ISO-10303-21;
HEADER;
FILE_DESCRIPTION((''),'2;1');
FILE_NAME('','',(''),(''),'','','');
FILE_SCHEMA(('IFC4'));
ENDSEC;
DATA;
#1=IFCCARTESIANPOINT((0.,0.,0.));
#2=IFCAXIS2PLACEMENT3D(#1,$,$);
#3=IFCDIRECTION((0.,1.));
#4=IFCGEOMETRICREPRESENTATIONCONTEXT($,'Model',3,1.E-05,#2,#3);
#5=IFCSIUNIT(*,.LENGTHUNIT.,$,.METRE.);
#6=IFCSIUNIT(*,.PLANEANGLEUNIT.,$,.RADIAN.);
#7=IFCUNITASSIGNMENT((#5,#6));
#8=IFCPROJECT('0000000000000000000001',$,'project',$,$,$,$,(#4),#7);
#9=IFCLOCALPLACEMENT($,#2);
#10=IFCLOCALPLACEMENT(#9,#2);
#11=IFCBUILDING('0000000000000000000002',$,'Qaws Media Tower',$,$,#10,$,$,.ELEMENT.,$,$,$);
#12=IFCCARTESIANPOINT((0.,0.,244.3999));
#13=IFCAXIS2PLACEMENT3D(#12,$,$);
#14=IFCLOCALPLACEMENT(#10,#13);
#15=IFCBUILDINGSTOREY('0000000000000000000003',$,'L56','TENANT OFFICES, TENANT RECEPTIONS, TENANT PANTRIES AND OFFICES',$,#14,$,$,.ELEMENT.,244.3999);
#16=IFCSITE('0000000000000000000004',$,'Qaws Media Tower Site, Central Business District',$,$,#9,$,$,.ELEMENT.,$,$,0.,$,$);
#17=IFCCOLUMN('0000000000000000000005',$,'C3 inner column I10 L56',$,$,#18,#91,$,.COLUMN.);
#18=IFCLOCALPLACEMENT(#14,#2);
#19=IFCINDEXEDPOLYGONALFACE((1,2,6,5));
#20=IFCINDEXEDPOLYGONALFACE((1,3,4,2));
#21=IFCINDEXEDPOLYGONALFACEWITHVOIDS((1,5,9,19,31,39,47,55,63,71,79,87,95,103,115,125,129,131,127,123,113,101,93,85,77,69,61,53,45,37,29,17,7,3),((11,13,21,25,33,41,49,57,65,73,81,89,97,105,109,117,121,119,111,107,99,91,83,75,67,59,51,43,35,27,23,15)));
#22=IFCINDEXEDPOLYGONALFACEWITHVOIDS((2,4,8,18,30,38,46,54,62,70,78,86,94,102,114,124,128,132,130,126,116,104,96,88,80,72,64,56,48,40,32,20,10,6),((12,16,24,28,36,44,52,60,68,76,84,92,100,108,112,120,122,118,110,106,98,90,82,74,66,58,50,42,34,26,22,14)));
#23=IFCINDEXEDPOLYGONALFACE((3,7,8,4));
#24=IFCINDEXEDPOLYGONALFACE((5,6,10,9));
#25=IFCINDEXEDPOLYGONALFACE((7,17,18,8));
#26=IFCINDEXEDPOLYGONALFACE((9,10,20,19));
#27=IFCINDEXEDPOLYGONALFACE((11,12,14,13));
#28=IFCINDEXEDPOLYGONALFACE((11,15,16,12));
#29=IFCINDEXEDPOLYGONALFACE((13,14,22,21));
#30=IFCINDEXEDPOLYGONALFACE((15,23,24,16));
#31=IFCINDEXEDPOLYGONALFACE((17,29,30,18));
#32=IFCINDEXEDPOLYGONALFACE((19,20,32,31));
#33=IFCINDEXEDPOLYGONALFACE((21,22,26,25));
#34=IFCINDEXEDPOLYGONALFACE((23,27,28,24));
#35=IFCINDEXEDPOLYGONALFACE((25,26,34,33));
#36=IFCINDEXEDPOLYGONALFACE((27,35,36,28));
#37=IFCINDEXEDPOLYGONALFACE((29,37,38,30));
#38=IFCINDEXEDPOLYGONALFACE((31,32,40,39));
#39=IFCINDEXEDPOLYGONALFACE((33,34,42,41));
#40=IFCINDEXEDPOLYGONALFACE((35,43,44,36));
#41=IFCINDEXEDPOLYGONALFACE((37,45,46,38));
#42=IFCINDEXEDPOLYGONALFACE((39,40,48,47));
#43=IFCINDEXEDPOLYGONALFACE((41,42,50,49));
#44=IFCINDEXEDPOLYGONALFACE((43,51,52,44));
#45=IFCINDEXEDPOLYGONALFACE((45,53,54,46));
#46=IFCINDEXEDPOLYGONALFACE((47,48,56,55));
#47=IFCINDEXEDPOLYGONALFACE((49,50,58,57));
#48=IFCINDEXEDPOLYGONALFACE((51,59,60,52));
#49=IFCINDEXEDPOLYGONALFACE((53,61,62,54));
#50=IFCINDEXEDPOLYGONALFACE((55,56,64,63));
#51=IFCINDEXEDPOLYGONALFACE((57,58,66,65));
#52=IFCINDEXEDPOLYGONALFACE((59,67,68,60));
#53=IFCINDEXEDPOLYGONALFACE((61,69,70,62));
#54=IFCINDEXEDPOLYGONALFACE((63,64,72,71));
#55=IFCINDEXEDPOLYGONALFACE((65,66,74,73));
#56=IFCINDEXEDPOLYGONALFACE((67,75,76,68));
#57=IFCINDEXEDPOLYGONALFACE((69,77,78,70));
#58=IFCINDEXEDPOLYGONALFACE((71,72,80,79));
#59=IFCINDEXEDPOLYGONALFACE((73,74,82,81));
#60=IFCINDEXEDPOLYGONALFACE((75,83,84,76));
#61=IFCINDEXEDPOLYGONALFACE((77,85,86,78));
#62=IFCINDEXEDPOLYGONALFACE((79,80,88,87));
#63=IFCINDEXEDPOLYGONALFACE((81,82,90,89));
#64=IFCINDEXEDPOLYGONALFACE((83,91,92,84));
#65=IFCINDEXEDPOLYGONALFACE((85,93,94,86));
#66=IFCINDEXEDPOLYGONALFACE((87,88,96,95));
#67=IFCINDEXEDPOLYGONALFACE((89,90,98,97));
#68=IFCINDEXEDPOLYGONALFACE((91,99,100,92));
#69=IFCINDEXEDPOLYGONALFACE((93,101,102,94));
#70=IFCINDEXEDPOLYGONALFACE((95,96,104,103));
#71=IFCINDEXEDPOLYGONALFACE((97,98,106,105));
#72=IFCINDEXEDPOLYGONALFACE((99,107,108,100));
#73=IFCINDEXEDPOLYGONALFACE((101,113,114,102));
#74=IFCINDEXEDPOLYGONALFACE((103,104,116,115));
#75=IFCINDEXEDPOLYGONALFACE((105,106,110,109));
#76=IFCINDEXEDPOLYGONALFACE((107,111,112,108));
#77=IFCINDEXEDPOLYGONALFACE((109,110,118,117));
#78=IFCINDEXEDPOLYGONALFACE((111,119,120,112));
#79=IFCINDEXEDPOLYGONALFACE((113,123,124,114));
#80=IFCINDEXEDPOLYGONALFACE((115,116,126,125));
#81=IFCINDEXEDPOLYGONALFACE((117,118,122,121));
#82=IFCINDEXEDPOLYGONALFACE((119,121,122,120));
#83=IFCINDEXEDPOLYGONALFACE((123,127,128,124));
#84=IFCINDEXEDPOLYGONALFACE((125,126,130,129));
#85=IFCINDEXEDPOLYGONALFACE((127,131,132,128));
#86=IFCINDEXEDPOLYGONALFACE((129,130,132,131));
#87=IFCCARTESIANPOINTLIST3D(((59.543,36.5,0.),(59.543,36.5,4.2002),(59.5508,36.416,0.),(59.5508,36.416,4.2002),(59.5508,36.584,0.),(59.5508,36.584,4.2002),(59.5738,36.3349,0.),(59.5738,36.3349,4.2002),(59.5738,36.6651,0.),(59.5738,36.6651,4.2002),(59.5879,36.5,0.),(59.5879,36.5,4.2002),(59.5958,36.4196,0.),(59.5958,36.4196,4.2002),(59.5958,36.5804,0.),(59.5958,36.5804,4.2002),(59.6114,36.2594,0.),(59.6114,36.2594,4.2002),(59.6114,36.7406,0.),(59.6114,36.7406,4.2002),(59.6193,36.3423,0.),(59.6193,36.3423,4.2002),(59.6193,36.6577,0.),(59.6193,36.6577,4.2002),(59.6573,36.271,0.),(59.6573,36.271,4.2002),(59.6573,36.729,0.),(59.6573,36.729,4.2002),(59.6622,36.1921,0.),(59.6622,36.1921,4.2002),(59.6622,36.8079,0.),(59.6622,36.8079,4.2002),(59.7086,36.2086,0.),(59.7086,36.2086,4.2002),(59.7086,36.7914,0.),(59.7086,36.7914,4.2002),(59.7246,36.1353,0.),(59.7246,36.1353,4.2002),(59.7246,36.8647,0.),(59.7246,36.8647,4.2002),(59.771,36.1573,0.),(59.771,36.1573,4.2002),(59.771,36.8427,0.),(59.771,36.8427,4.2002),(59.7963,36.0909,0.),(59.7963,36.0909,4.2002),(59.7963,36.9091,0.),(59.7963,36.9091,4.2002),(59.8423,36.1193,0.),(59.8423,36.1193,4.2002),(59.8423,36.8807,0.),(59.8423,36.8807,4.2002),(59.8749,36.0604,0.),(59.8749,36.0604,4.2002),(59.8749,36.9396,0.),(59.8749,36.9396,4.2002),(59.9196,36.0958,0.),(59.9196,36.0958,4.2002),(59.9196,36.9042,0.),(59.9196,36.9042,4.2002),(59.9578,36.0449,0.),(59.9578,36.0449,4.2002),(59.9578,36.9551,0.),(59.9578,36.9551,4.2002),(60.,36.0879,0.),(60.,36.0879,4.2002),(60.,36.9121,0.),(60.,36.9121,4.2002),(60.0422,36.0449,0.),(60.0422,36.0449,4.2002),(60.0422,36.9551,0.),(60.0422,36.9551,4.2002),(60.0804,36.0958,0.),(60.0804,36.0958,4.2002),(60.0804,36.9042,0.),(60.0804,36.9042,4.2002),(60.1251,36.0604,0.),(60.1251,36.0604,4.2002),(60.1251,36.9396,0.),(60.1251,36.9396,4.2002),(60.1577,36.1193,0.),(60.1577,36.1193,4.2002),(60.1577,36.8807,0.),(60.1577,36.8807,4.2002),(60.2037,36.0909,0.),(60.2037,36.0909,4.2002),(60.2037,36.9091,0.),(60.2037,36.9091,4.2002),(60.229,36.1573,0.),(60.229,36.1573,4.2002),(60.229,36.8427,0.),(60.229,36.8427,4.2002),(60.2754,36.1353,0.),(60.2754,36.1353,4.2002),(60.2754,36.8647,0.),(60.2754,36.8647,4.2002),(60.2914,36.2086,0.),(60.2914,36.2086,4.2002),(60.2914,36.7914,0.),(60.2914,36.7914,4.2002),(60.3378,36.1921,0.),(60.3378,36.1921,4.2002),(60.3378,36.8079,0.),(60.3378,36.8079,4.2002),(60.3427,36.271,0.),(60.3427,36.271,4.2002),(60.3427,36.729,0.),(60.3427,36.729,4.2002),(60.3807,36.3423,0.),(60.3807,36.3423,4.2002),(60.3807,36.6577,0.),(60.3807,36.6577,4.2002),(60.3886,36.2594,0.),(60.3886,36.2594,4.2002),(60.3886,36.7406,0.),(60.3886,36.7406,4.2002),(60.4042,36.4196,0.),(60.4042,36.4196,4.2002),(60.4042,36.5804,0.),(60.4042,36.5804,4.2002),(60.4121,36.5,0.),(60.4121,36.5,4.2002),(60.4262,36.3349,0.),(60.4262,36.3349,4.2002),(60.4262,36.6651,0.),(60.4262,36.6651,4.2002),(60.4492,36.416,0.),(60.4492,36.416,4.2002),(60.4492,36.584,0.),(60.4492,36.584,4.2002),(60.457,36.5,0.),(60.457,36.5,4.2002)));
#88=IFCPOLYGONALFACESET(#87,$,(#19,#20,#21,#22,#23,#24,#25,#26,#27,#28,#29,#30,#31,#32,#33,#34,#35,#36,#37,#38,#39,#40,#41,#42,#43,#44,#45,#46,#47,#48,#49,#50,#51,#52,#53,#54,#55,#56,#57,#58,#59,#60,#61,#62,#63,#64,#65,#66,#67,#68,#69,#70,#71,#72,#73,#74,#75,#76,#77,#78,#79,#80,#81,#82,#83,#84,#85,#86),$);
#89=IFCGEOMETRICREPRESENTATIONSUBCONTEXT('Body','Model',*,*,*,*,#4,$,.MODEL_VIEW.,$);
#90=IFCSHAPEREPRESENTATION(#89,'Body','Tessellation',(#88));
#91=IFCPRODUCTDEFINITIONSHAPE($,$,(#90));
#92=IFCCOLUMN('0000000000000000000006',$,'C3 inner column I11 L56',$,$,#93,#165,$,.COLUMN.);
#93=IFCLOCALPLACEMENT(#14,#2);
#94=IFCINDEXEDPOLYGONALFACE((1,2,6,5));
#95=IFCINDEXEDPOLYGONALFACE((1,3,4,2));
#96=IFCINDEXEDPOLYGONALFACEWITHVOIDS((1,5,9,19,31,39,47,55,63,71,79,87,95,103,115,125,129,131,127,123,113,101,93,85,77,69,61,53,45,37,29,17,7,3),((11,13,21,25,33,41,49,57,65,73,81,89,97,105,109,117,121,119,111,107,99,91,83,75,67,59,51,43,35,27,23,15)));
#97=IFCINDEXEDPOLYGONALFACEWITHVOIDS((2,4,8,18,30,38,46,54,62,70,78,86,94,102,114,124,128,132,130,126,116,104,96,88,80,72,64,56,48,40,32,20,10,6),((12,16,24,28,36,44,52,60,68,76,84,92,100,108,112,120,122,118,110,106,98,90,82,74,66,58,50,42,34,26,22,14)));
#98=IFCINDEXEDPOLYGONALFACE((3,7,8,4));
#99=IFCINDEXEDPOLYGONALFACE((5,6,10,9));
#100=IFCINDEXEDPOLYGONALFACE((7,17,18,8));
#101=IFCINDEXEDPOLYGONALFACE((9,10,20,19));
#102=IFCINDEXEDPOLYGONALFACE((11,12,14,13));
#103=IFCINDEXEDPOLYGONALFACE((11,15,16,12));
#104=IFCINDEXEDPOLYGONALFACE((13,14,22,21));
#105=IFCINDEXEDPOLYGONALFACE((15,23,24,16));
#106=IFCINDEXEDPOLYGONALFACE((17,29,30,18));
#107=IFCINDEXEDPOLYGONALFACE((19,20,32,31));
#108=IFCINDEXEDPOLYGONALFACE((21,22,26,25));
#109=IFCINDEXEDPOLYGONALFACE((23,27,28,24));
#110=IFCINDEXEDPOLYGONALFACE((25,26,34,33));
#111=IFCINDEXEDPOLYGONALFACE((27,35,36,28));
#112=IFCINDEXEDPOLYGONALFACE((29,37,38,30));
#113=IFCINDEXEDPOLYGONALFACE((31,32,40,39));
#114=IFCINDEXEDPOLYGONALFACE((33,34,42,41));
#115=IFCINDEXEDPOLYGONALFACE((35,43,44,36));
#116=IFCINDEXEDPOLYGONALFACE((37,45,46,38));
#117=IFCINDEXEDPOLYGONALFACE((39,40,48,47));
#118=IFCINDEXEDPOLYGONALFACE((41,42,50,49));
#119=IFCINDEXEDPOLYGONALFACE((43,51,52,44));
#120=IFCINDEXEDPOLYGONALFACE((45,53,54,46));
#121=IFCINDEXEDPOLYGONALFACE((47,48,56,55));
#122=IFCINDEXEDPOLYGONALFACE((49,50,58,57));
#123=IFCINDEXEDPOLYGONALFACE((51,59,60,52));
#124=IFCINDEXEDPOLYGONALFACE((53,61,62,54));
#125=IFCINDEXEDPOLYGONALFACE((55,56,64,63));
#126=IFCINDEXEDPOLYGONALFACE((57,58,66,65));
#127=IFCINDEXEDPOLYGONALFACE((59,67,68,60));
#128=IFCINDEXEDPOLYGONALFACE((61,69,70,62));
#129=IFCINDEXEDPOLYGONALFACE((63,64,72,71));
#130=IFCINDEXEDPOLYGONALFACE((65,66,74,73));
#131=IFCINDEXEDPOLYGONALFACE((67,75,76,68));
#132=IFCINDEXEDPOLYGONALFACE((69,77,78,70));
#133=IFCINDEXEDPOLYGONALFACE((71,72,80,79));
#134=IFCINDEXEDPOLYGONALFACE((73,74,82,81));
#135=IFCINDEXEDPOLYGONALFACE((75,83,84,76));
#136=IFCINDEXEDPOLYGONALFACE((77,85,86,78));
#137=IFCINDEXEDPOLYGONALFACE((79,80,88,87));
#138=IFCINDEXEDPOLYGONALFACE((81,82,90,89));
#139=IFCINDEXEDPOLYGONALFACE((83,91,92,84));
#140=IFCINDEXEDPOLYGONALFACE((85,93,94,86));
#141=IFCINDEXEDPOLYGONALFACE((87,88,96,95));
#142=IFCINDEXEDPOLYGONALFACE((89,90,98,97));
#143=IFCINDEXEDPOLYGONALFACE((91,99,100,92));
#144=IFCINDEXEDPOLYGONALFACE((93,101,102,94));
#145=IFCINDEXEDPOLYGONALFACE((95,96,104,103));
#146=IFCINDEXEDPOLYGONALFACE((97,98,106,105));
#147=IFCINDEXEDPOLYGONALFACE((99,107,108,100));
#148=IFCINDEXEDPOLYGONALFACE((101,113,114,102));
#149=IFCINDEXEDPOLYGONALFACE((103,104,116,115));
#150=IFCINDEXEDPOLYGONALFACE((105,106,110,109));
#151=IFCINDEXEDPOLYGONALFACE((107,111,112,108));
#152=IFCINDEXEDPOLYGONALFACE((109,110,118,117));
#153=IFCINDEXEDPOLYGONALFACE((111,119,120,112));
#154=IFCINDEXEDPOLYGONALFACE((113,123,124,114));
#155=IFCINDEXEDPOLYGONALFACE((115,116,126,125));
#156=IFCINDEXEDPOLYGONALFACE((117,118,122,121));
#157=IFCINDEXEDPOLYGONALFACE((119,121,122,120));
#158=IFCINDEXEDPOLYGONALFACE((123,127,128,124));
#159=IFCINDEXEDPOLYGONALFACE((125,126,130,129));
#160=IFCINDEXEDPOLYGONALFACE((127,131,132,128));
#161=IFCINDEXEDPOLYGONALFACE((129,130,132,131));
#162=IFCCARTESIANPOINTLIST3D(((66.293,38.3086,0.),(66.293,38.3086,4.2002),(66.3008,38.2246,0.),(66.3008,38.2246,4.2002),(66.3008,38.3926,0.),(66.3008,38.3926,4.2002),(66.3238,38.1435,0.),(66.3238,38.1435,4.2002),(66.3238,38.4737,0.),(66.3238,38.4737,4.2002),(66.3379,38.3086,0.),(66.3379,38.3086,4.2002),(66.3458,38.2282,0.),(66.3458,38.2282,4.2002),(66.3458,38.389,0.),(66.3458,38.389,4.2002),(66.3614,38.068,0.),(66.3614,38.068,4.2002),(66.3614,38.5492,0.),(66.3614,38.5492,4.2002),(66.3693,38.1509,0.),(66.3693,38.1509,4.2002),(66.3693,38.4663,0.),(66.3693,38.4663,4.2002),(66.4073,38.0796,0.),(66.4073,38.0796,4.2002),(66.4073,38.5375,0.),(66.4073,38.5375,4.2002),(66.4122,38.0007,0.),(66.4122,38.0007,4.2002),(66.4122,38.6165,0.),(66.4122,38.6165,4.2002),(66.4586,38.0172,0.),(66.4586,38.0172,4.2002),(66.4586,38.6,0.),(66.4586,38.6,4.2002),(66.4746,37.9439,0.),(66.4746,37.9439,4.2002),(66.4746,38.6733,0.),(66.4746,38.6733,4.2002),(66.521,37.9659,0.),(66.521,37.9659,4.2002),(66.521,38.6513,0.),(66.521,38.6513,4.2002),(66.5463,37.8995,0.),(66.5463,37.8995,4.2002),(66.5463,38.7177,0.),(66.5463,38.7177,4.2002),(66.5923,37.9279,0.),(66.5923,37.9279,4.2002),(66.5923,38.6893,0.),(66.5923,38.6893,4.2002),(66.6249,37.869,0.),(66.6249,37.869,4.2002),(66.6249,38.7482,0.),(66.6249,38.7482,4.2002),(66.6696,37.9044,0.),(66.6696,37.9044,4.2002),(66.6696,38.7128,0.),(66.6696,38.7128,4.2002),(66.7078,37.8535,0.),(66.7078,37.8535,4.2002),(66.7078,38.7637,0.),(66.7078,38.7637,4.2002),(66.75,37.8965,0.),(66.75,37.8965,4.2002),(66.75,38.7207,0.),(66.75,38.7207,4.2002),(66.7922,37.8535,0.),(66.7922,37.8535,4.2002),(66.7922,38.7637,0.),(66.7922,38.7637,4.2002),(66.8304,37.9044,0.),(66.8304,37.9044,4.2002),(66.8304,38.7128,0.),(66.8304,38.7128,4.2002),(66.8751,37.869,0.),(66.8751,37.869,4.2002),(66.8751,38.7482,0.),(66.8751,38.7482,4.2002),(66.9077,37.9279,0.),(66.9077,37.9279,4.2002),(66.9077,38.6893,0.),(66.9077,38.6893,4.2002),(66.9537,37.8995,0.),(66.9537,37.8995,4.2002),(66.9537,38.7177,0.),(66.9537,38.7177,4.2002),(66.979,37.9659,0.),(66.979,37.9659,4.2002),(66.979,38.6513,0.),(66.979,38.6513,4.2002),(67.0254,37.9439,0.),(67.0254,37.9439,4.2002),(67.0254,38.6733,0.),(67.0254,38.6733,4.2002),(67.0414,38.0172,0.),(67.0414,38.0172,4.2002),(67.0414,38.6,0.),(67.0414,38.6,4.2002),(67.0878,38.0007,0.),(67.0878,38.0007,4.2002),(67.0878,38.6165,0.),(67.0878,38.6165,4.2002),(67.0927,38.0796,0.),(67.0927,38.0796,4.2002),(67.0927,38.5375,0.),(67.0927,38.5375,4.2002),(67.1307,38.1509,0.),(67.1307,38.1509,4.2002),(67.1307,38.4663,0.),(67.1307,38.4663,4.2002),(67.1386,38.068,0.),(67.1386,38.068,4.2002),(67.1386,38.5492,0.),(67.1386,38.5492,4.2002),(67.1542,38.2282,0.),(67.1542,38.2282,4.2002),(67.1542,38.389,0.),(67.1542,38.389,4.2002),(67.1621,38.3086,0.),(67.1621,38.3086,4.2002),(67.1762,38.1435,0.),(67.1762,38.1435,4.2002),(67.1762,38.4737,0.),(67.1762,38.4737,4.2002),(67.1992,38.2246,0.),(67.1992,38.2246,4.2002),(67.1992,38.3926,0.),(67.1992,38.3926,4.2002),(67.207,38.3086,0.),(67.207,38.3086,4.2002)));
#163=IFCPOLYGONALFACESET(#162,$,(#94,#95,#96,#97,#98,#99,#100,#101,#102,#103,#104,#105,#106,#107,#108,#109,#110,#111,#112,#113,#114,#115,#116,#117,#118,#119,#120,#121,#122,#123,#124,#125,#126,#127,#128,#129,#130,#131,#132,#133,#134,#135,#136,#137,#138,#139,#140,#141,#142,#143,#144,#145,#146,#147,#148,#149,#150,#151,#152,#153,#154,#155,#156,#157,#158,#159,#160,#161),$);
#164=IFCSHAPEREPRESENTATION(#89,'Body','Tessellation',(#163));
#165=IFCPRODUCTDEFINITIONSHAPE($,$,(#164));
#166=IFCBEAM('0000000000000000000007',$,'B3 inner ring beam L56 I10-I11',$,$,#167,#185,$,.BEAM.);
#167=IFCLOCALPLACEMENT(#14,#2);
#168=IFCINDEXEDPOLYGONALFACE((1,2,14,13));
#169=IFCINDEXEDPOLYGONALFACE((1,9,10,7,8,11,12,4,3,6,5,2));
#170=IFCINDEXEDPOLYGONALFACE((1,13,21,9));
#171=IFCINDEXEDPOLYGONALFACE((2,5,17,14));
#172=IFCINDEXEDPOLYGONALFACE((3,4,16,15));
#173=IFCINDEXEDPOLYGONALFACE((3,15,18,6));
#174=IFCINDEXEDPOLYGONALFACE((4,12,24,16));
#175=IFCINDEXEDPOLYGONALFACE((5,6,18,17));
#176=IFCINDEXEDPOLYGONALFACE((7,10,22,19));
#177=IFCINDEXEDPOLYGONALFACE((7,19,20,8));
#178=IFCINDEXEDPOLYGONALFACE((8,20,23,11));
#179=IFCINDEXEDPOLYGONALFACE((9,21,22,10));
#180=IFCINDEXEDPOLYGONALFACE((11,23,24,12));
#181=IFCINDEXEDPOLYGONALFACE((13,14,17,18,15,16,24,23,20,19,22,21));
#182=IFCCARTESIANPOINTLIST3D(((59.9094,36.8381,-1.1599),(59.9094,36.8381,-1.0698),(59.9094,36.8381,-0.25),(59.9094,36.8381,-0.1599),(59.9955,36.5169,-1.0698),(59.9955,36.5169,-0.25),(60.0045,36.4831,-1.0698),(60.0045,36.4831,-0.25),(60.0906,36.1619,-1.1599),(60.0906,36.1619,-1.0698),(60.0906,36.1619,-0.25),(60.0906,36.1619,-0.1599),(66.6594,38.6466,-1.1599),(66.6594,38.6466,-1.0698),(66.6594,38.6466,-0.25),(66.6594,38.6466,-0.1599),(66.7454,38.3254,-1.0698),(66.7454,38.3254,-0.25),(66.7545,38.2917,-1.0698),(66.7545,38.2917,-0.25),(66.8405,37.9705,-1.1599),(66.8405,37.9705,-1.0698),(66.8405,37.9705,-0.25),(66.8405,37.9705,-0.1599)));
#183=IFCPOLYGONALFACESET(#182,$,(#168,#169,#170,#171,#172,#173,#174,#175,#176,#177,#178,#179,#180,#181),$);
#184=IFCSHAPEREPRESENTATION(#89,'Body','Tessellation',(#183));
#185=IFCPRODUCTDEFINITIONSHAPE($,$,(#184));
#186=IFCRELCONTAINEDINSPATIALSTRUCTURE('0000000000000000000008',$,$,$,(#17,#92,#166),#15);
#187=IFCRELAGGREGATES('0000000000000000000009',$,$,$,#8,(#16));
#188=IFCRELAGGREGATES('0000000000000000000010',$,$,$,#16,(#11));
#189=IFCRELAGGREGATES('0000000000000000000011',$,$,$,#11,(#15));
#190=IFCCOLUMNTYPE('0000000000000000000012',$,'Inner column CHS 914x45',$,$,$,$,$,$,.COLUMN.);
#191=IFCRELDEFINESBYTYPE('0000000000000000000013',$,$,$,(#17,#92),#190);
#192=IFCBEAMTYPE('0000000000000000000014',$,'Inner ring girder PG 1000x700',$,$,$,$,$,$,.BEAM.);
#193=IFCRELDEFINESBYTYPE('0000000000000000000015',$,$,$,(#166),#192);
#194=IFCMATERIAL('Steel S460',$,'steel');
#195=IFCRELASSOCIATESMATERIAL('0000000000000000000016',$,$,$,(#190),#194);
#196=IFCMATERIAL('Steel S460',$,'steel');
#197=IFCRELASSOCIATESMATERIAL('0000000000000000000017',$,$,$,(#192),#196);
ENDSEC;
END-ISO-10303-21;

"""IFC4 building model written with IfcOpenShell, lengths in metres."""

from ifc_helpers import new_model, si_unit, direction, frame, origin, origin_2d, place, context, subcontext, project, spatial, hollow_circle, i_section, extrude, material, material_profile, profile_set, type_object, element, save


model = new_model("IFC4")

# Units and contexts
model_context = context("Model", 3, precision=1e-05, world=origin(), true_north=direction((0.0, 1.0)))
body_context = subcontext(model_context, "Body", "Model", "MODEL_VIEW")
ifc_project = project(units=[si_unit("LENGTHUNIT", "METRE"), si_unit("PLANEANGLEUNIT", "RADIAN")], contexts=[model_context])

# Site, building, storey
site_placement = place(None, origin())
site = spatial("IfcSite", under=ifc_project, at=site_placement, Name="Qaws Media Tower Site, Central Business District", CompositionType="ELEMENT", RefElevation=0.0)
building_placement = place(site_placement, origin())
building = spatial("IfcBuilding", under=site, at=building_placement, Name="Qaws Media Tower", CompositionType="ELEMENT")
storey_placement = place(building_placement, frame((0.0, 0.0, 244.3999)))
storey = spatial("IfcBuildingStorey", under=building, at=storey_placement, Name="L56", Description="TENANT OFFICES, TENANT RECEPTIONS, TENANT PANTRIES AND OFFICES", CompositionType="ELEMENT", Elevation=244.3999)

# Columns
ifc_material_1 = material(Name="Steel S460", Category="steel")
ifc_material_profile_1 = material_profile(ifc_material_1, hollow_circle(Radius=0.457, WallThickness=0.0449, at=origin_2d()), Name="CHS 914x45")
ifc_profile_set_1 = profile_set([ifc_material_profile_1], Name="Steel S460")
column_type = type_object("IfcColumnType", Name="Inner column CHS 914x45", PredefinedType="COLUMN", material=ifc_profile_set_1)
for number, where, z_axis, x_axis, name in (
    (1, (60.0, 36.5, 0.0), (0.0, 0.0, 1.0), (1.0, 0.0, 0.0), "C3 inner column I10 L56"),
    (2, (66.75, 38.3086, 0.0), (0.0, 0.0, 1.0), (1.0, 0.0, 0.0), "C3 inner column I11 L56"),
):
    element("IfcColumn", number, at=place(storey_placement, frame(where, z_axis=z_axis, x_axis=x_axis)), inside=storey, type_object=column_type, Name=name, PredefinedType="COLUMN", context=body_context, shape_type="SweptSolid", body=[
        extrude(hollow_circle(Radius=0.457, WallThickness=0.0449, at=origin_2d()), origin(), (0.0, 0.0, 1.0), 4.2002),
    ])

# Beam
ifc_material_2 = material(Name="Steel S460", Category="steel")
ifc_material_profile_2 = material_profile(ifc_material_2, i_section(OverallWidth=0.7, OverallDepth=1.0, WebThickness=0.0349, FlangeThickness=0.0901, at=origin_2d()), Name="PG 1000x700")
ifc_profile_set_2 = profile_set([ifc_material_profile_2], Name="Steel S460")
beam_type_1 = type_object("IfcBeamType", Name="Inner ring girder PG 1000x700", PredefinedType="BEAM", material=ifc_profile_set_2)
beam_1_placement = place(storey_placement, frame((60.0, 36.5, -0.6599), z_axis=(0.965928, 0.258811, 0.0), x_axis=(-0.258811, 0.965928, 0.0)))
element("IfcBeam", 3, at=beam_1_placement, inside=storey, type_object=beam_type_1, Name="B3 inner ring beam L56 I10-I11", PredefinedType="BEAM", context=body_context, shape_type="SweptSolid", body=[
    extrude(i_section(OverallWidth=0.7, OverallDepth=1.0, WebThickness=0.0349, FlangeThickness=0.0901, at=origin_2d()), origin(), (0.0, 0.0, 1.0), 6.988),
])

save(model, "model.ifc")
